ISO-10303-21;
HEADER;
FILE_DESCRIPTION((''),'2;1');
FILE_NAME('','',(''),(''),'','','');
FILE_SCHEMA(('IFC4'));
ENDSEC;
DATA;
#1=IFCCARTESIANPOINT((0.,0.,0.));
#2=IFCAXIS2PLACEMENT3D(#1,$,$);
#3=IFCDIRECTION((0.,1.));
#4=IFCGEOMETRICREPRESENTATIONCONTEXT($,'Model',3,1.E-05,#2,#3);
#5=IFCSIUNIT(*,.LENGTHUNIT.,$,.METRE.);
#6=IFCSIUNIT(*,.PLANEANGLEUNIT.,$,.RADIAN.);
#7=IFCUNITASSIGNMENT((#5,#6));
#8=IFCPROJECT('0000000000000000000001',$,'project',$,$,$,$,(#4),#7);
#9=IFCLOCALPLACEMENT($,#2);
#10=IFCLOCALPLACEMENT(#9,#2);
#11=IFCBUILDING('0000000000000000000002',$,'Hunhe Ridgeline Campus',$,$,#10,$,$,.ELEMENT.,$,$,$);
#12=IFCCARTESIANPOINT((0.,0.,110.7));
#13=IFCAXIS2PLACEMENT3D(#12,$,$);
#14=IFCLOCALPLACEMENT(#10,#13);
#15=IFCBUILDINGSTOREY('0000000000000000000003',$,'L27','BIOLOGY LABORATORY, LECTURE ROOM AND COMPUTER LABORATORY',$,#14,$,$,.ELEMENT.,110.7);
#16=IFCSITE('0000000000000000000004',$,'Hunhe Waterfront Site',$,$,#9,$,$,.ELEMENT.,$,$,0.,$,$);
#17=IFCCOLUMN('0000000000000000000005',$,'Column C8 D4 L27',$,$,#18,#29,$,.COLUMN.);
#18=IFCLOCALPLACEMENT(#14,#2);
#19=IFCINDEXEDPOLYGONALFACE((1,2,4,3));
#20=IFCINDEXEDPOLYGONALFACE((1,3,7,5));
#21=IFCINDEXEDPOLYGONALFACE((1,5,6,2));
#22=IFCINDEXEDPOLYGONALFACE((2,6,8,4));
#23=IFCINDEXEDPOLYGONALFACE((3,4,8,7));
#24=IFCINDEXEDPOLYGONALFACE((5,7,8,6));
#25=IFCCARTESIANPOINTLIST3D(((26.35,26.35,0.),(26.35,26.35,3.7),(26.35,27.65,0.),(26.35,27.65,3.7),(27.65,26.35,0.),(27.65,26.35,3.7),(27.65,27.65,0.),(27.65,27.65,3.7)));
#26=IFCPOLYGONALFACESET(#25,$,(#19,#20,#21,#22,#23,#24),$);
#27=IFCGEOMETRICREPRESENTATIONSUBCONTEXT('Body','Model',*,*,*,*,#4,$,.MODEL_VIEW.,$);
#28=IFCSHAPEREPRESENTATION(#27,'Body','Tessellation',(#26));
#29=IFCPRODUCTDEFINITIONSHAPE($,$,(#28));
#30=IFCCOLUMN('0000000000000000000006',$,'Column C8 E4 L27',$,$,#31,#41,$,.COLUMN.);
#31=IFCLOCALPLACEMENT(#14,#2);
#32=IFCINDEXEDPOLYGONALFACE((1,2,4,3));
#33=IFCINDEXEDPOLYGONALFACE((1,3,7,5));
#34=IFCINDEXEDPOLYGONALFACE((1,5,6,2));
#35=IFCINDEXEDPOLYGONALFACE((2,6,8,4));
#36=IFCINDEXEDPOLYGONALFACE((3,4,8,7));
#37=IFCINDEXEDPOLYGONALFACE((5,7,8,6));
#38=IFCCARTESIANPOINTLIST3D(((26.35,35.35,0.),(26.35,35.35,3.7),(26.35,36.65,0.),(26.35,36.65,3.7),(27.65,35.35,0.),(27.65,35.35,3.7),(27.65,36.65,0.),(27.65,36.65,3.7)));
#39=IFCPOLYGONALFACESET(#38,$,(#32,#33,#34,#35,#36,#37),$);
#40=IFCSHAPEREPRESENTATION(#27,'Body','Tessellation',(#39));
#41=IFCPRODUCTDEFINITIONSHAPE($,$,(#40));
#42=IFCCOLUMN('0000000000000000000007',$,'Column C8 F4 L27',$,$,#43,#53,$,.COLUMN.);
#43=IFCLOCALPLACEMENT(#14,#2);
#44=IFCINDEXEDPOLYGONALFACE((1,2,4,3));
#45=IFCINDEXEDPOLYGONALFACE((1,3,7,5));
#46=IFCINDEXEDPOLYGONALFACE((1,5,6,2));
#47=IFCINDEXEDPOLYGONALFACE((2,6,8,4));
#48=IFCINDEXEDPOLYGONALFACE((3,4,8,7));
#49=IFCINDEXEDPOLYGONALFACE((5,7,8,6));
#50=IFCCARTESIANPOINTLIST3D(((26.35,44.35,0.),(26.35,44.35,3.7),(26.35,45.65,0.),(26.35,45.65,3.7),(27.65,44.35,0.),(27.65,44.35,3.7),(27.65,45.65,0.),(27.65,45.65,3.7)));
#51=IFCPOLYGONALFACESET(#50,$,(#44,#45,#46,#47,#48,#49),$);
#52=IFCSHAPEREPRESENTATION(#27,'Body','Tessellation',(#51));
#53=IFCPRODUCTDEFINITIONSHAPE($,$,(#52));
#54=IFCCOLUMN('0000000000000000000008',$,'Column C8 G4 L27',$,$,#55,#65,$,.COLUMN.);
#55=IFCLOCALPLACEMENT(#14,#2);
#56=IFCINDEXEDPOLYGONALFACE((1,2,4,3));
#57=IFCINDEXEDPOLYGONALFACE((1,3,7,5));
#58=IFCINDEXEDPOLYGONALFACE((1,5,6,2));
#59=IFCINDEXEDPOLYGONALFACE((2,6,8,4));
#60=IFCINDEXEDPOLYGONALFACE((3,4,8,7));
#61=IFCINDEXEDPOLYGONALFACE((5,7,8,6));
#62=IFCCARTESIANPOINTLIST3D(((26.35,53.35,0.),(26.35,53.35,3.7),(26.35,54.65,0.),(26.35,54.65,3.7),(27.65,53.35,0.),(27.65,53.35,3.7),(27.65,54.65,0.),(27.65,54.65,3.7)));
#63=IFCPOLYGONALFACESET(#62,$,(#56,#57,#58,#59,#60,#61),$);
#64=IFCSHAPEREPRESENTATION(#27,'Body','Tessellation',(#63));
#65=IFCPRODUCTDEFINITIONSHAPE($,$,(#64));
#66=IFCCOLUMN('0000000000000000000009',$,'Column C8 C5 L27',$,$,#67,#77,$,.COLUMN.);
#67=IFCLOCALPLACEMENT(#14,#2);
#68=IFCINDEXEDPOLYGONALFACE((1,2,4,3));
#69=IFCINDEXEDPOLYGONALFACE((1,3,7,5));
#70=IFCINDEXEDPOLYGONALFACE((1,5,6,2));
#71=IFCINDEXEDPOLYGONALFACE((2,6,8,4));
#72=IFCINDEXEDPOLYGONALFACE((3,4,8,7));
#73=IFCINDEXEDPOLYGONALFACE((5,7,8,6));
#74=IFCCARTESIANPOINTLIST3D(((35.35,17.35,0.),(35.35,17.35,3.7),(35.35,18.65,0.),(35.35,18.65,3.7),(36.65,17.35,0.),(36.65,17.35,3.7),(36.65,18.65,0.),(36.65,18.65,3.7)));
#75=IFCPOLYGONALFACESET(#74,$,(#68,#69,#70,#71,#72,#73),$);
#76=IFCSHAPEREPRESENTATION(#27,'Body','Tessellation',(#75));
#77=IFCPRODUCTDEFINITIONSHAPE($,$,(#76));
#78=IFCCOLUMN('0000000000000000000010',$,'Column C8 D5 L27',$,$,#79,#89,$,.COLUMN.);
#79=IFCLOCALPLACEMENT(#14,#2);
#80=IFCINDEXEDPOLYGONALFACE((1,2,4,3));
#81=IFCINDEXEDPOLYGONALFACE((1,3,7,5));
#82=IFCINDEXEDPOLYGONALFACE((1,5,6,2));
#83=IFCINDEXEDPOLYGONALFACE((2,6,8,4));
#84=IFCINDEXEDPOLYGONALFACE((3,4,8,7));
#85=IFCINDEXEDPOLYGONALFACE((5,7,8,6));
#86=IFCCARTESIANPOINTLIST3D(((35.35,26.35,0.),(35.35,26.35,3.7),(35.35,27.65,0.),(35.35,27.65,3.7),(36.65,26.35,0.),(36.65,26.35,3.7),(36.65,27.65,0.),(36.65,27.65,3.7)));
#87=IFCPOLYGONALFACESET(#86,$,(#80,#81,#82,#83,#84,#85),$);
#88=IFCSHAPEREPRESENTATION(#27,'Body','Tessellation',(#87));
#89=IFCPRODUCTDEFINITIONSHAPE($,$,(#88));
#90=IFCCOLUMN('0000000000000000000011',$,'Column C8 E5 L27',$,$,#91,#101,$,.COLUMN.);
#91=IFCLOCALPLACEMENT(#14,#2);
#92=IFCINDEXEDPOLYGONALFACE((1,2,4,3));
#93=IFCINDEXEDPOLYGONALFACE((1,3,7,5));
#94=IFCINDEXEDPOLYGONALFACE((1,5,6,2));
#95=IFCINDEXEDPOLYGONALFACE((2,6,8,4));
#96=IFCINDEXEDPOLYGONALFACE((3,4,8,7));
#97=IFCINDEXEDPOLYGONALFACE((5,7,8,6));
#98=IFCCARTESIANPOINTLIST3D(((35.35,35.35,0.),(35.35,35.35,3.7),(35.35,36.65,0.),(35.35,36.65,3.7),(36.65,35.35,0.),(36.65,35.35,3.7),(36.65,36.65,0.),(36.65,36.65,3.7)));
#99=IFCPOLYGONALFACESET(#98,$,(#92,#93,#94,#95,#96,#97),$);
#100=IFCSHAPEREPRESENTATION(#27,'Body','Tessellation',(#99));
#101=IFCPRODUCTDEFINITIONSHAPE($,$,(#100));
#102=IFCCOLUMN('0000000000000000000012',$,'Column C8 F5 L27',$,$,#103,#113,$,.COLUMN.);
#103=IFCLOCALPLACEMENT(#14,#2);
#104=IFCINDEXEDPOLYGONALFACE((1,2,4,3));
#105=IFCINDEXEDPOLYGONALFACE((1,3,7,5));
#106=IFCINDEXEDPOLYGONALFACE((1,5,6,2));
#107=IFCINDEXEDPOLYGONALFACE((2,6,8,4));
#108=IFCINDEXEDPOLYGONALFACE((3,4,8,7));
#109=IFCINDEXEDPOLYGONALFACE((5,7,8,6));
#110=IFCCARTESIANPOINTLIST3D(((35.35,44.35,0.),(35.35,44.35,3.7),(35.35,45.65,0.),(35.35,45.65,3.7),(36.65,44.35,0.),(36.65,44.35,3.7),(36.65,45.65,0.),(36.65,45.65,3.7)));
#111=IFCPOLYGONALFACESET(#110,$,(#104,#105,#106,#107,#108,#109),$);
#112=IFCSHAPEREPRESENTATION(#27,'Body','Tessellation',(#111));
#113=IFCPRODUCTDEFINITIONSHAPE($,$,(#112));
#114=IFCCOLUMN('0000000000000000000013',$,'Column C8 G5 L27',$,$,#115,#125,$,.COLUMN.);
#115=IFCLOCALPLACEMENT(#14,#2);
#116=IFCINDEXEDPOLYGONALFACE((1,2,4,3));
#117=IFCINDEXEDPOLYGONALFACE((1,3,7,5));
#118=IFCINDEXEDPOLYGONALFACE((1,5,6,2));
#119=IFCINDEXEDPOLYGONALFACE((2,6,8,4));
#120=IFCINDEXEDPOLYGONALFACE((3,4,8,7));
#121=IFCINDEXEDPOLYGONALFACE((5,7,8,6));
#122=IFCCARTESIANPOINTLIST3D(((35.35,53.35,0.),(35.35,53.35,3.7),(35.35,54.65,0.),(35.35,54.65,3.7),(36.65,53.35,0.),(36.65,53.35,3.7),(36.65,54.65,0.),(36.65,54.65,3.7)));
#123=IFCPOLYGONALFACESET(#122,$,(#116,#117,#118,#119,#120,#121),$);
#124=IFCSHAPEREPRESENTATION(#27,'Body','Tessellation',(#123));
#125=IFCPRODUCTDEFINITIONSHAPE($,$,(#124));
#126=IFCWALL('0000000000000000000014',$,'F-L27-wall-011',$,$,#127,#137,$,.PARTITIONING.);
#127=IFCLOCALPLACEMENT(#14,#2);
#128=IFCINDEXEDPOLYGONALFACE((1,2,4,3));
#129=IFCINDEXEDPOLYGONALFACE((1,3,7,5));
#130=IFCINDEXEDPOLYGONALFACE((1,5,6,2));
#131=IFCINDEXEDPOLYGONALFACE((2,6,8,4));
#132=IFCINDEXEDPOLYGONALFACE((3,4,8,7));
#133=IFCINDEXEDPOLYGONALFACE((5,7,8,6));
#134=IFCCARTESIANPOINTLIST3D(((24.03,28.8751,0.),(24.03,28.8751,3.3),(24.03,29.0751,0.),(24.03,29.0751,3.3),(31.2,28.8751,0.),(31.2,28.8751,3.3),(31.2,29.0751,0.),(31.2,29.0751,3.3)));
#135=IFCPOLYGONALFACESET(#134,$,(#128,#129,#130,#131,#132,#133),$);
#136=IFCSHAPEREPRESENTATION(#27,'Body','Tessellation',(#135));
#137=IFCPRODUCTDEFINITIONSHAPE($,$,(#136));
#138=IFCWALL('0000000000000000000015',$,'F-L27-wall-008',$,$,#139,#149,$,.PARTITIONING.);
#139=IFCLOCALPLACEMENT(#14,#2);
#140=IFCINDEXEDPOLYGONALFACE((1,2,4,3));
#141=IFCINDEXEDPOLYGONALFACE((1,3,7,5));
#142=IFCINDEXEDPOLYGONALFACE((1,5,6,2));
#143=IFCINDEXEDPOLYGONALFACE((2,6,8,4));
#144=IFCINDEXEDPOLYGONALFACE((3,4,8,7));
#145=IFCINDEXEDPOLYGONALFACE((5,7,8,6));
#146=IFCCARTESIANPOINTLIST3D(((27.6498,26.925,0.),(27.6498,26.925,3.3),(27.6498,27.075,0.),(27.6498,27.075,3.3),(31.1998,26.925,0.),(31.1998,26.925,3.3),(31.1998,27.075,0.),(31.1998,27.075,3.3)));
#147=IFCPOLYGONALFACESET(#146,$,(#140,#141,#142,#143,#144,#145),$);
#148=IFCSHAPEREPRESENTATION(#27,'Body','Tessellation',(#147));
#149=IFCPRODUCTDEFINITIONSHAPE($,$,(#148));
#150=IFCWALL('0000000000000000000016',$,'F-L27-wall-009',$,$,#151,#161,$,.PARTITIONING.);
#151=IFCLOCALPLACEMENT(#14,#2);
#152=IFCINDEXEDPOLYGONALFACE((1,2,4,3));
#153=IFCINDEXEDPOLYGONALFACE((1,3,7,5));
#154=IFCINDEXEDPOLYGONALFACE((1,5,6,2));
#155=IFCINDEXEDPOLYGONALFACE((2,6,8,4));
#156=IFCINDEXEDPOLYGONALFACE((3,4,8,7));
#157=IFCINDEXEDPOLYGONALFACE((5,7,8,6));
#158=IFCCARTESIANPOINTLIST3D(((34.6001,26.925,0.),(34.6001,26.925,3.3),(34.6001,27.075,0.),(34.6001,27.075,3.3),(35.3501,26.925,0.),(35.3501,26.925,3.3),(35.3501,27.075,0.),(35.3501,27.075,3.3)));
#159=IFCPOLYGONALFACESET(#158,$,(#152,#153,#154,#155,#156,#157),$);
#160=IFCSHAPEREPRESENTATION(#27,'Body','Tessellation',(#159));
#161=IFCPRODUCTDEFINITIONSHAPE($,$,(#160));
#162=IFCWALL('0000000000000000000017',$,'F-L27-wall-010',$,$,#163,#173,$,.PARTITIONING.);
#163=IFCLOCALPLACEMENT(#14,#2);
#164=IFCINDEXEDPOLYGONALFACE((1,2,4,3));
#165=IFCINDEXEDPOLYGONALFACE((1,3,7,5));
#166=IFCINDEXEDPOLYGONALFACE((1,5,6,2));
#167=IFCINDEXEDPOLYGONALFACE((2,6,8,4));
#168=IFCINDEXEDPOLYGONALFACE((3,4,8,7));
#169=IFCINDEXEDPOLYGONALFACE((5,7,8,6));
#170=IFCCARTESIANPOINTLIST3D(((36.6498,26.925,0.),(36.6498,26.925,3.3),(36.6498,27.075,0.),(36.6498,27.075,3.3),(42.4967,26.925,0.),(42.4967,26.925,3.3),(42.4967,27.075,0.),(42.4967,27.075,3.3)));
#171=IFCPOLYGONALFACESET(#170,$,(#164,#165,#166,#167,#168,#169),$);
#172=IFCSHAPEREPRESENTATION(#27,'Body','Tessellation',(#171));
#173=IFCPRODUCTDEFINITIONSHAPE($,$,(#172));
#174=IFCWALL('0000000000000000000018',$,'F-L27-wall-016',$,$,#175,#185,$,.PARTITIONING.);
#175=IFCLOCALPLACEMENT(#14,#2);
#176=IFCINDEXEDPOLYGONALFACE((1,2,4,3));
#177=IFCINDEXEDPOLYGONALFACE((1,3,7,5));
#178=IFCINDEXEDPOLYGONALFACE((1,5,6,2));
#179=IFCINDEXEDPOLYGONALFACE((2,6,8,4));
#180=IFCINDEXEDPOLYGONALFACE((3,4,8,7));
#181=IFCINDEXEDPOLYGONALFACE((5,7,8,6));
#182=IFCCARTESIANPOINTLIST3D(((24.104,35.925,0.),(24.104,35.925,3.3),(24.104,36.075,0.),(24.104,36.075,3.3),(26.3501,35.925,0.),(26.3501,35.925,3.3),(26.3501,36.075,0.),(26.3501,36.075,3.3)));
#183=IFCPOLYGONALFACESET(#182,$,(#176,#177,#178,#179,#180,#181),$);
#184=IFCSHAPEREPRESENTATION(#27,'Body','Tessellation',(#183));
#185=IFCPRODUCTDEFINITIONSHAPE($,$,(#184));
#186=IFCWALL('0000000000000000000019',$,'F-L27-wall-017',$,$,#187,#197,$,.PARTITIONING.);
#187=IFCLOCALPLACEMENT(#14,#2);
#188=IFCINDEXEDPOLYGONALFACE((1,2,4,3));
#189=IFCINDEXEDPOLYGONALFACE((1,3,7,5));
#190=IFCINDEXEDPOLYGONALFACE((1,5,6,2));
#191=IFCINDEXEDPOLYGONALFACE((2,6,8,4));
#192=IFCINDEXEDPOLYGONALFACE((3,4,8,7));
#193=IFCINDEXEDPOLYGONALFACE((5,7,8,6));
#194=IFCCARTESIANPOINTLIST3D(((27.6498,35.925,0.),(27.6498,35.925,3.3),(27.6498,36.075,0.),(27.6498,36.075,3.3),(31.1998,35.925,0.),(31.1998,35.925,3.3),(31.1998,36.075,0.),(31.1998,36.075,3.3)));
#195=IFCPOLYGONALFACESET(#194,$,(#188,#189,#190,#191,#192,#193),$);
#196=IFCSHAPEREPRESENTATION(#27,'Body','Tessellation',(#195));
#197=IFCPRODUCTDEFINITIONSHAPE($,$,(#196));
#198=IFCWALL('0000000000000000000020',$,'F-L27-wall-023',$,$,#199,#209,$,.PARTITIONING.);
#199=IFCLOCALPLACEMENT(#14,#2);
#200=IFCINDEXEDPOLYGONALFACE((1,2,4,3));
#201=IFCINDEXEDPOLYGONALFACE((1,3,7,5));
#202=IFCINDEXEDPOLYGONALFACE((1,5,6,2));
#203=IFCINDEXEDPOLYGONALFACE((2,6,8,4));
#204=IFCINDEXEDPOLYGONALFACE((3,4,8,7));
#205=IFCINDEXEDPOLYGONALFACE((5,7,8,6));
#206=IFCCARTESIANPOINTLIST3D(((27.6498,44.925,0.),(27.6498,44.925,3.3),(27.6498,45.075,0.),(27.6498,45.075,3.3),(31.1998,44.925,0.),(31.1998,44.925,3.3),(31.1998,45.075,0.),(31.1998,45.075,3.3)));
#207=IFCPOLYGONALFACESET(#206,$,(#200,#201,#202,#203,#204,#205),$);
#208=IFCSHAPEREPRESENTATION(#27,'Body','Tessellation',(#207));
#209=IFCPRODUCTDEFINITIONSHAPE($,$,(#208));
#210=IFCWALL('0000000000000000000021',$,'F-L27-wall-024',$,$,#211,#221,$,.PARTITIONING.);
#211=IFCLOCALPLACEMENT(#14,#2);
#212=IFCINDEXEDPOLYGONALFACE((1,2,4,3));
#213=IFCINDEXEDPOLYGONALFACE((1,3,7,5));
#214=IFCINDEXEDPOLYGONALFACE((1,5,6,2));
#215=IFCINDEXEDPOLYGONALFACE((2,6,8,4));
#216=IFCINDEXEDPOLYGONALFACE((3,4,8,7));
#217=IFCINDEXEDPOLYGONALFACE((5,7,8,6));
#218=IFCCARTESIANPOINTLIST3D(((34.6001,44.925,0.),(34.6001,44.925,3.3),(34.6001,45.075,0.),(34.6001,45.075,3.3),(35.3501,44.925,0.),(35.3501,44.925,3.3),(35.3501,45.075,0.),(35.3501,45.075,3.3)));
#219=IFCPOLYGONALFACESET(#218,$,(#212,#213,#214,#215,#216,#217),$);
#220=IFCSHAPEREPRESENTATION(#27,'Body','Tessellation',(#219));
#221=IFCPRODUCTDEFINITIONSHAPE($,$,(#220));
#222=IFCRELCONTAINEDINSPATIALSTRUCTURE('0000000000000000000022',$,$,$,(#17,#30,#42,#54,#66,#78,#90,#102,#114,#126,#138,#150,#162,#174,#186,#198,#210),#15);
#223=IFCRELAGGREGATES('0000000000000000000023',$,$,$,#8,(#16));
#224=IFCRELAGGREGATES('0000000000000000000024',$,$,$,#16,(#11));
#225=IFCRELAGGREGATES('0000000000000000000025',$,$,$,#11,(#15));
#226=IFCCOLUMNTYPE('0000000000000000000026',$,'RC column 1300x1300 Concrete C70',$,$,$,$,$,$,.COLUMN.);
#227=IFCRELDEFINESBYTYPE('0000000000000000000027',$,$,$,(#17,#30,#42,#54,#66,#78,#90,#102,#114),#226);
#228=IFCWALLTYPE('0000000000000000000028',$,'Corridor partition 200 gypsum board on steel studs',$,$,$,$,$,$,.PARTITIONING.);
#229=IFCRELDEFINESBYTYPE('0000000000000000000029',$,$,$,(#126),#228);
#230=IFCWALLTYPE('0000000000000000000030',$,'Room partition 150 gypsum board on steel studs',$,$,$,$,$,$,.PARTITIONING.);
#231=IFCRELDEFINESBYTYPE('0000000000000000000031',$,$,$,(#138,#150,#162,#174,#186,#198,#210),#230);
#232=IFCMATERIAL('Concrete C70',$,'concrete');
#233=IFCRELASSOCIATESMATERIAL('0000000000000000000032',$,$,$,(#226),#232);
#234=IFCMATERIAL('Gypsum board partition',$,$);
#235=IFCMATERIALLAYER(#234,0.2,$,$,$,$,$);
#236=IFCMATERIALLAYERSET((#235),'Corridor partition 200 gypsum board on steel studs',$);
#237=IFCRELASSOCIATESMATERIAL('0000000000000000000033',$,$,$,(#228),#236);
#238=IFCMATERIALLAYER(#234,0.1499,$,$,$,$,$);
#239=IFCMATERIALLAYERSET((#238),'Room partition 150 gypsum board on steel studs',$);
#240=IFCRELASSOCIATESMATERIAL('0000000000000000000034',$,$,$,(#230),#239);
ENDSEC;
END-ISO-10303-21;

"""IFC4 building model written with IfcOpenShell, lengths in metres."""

from ifc_helpers import new_model, si_unit, direction, frame, frame_2d, origin, origin_2d, place, context, subcontext, project, spatial, rectangle, extrude, material, layer, layer_set, material_profile, profile_set, type_object, element, save


model = new_model("IFC4")

# Units and contexts
model_context = context("Model", 3, precision=1e-05, world=origin(), true_north=direction((0.0, 1.0)))
body_context = subcontext(model_context, "Body", "Model", "MODEL_VIEW")
ifc_project = project(units=[si_unit("LENGTHUNIT", "METRE"), si_unit("PLANEANGLEUNIT", "RADIAN")], contexts=[model_context])

# Site, building, storey
site_placement = place(None, origin())
site = spatial("IfcSite", under=ifc_project, at=site_placement, Name="Hunhe Waterfront Site", CompositionType="ELEMENT", RefElevation=0.0)
building_placement = place(site_placement, origin())
building = spatial("IfcBuilding", under=site, at=building_placement, Name="Hunhe Ridgeline Campus", CompositionType="ELEMENT")
storey_placement = place(building_placement, frame((0.0, 0.0, 110.7)))
storey = spatial("IfcBuildingStorey", under=building, at=storey_placement, Name="L27", Description="BIOLOGY LABORATORY, LECTURE ROOM AND COMPUTER LABORATORY", CompositionType="ELEMENT", Elevation=110.7)

# Columns
ifc_material_1 = material(Name="Concrete C70", Category="concrete")
ifc_material_profile = material_profile(ifc_material_1, rectangle(XDim=1.3, YDim=1.3, at=origin_2d()))
ifc_profile_set = profile_set([ifc_material_profile], Name="Concrete C70")
column_type = type_object("IfcColumnType", Name="RC column 1300x1300 Concrete C70", PredefinedType="COLUMN", material=ifc_profile_set)
for number, where, z_axis, x_axis, name in (
    (1, (27.0, 27.0, 0.0), (0.0, 0.0, 1.0), (1.0, 0.0, 0.0), "Column C8 D4 L27"),
    (2, (27.0, 36.0, 0.0), (0.0, 0.0, 1.0), (1.0, 0.0, 0.0), "Column C8 E4 L27"),
    (3, (27.0, 45.0, 0.0), (0.0, 0.0, 1.0), (1.0, 0.0, 0.0), "Column C8 F4 L27"),
    (4, (27.0, 54.0, 0.0), (0.0, 0.0, 1.0), (1.0, 0.0, 0.0), "Column C8 G4 L27"),
    (5, (36.0, 18.0, 0.0), (0.0, 0.0, 1.0), (1.0, 0.0, 0.0), "Column C8 C5 L27"),
    (6, (36.0, 27.0, 0.0), (0.0, 0.0, 1.0), (1.0, 0.0, 0.0), "Column C8 D5 L27"),
    (7, (36.0, 36.0, 0.0), (0.0, 0.0, 1.0), (1.0, 0.0, 0.0), "Column C8 E5 L27"),
    (8, (36.0, 45.0, 0.0), (0.0, 0.0, 1.0), (1.0, 0.0, 0.0), "Column C8 F5 L27"),
    (9, (36.0, 54.0, 0.0), (0.0, 0.0, 1.0), (1.0, 0.0, 0.0), "Column C8 G5 L27"),
):
    element("IfcColumn", number, at=place(storey_placement, frame(where, z_axis=z_axis, x_axis=x_axis)), inside=storey, type_object=column_type, Name=name, PredefinedType="COLUMN", context=body_context, shape_type="SweptSolid", body=[
        extrude(rectangle(XDim=1.3, YDim=1.3, at=origin_2d()), origin(), (0.0, 0.0, 1.0), 3.7),
    ])

# Wall
ifc_material_2 = material(Name="Gypsum board partition")
ifc_layer_1 = layer(ifc_material_2, 0.2)
ifc_layer_set_1 = layer_set([ifc_layer_1], Name="Corridor partition 200 gypsum board on steel studs")
wall_type_1 = type_object("IfcWallType", Name="Corridor partition 200 gypsum board on steel studs", PredefinedType="PARTITIONING", material=ifc_layer_set_1)
wall_1_placement = place(storey_placement, frame((31.2, 28.9751, 0.0), z_axis=(0.0, 0.0, 1.0), x_axis=(-1.0, 0.0, 0.0)))
element("IfcWall", 10, at=wall_1_placement, inside=storey, type_object=wall_type_1, Name="F-L27-wall-011", PredefinedType="PARTITIONING", context=body_context, shape_type="SweptSolid", body=[
    extrude(rectangle(XDim=7.1699, YDim=0.2, at=frame_2d((3.585, 0.0))), origin(), (0.0, 0.0, 1.0), 3.3),
])

# Walls
ifc_layer_2 = layer(ifc_material_2, 0.1499)
ifc_layer_set_2 = layer_set([ifc_layer_2], Name="Room partition 150 gypsum board on steel studs")
wall_type_2 = type_object("IfcWallType", Name="Room partition 150 gypsum board on steel studs", PredefinedType="PARTITIONING", material=ifc_layer_set_2)
wall_2_placement = place(storey_placement, frame((27.6499, 27.0, 0.0), z_axis=(0.0, 0.0, 1.0), x_axis=(1.0, 0.0, 0.0)))
element("IfcWall", 11, at=wall_2_placement, inside=storey, type_object=wall_type_2, Name="F-L27-wall-008", PredefinedType="PARTITIONING", context=body_context, shape_type="SweptSolid", body=[
    extrude(rectangle(XDim=3.55, YDim=0.1499, at=frame_2d((1.7749, 0.0))), origin(), (0.0, 0.0, 1.0), 3.3),
])
wall_3_placement = place(storey_placement, frame((34.6001, 27.0, 0.0), z_axis=(0.0, 0.0, 1.0), x_axis=(1.0, 0.0, 0.0)))
element("IfcWall", 12, at=wall_3_placement, inside=storey, type_object=wall_type_2, Name="F-L27-wall-009", PredefinedType="PARTITIONING", context=body_context, shape_type="SweptSolid", body=[
    extrude(rectangle(XDim=0.75, YDim=0.1499, at=frame_2d((0.375, 0.0))), origin(), (0.0, 0.0, 1.0), 3.3),
])
wall_4_placement = place(storey_placement, frame((36.6499, 27.0, 0.0), z_axis=(0.0, 0.0, 1.0), x_axis=(1.0, 0.0, 0.0)))
element("IfcWall", 13, at=wall_4_placement, inside=storey, type_object=wall_type_2, Name="F-L27-wall-010", PredefinedType="PARTITIONING", context=body_context, shape_type="SweptSolid", body=[
    extrude(rectangle(XDim=5.8469, YDim=0.1499, at=frame_2d((2.9233, 0.0))), origin(), (0.0, 0.0, 1.0), 3.3),
])
wall_5_placement = place(storey_placement, frame((24.104, 36.0, 0.0), z_axis=(0.0, 0.0, 1.0), x_axis=(1.0, 0.0, 0.0)))
element("IfcWall", 14, at=wall_5_placement, inside=storey, type_object=wall_type_2, Name="F-L27-wall-016", PredefinedType="PARTITIONING", context=body_context, shape_type="SweptSolid", body=[
    extrude(rectangle(XDim=2.2461, YDim=0.1499, at=frame_2d((1.123, 0.0))), origin(), (0.0, 0.0, 1.0), 3.3),
])
for number, where, z_axis, x_axis, name in (
    (15, (27.6499, 36.0, 0.0), (0.0, 0.0, 1.0), (1.0, 0.0, 0.0), "F-L27-wall-017"),
    (16, (27.6499, 45.0, 0.0), (0.0, 0.0, 1.0), (1.0, 0.0, 0.0), "F-L27-wall-023"),
):
    element("IfcWall", number, at=place(storey_placement, frame(where, z_axis=z_axis, x_axis=x_axis)), inside=storey, type_object=wall_type_2, Name=name, PredefinedType="PARTITIONING", context=body_context, shape_type="SweptSolid", body=[
        extrude(rectangle(XDim=3.55, YDim=0.1499, at=frame_2d((1.7749, 0.0))), origin(), (0.0, 0.0, 1.0), 3.3),
    ])
wall_6_placement = place(storey_placement, frame((34.6001, 45.0, 0.0), z_axis=(0.0, 0.0, 1.0), x_axis=(1.0, 0.0, 0.0)))
element("IfcWall", 17, at=wall_6_placement, inside=storey, type_object=wall_type_2, Name="F-L27-wall-024", PredefinedType="PARTITIONING", context=body_context, shape_type="SweptSolid", body=[
    extrude(rectangle(XDim=0.75, YDim=0.1499, at=frame_2d((0.375, 0.0))), origin(), (0.0, 0.0, 1.0), 3.3),
])

save(model, "model.ifc")
